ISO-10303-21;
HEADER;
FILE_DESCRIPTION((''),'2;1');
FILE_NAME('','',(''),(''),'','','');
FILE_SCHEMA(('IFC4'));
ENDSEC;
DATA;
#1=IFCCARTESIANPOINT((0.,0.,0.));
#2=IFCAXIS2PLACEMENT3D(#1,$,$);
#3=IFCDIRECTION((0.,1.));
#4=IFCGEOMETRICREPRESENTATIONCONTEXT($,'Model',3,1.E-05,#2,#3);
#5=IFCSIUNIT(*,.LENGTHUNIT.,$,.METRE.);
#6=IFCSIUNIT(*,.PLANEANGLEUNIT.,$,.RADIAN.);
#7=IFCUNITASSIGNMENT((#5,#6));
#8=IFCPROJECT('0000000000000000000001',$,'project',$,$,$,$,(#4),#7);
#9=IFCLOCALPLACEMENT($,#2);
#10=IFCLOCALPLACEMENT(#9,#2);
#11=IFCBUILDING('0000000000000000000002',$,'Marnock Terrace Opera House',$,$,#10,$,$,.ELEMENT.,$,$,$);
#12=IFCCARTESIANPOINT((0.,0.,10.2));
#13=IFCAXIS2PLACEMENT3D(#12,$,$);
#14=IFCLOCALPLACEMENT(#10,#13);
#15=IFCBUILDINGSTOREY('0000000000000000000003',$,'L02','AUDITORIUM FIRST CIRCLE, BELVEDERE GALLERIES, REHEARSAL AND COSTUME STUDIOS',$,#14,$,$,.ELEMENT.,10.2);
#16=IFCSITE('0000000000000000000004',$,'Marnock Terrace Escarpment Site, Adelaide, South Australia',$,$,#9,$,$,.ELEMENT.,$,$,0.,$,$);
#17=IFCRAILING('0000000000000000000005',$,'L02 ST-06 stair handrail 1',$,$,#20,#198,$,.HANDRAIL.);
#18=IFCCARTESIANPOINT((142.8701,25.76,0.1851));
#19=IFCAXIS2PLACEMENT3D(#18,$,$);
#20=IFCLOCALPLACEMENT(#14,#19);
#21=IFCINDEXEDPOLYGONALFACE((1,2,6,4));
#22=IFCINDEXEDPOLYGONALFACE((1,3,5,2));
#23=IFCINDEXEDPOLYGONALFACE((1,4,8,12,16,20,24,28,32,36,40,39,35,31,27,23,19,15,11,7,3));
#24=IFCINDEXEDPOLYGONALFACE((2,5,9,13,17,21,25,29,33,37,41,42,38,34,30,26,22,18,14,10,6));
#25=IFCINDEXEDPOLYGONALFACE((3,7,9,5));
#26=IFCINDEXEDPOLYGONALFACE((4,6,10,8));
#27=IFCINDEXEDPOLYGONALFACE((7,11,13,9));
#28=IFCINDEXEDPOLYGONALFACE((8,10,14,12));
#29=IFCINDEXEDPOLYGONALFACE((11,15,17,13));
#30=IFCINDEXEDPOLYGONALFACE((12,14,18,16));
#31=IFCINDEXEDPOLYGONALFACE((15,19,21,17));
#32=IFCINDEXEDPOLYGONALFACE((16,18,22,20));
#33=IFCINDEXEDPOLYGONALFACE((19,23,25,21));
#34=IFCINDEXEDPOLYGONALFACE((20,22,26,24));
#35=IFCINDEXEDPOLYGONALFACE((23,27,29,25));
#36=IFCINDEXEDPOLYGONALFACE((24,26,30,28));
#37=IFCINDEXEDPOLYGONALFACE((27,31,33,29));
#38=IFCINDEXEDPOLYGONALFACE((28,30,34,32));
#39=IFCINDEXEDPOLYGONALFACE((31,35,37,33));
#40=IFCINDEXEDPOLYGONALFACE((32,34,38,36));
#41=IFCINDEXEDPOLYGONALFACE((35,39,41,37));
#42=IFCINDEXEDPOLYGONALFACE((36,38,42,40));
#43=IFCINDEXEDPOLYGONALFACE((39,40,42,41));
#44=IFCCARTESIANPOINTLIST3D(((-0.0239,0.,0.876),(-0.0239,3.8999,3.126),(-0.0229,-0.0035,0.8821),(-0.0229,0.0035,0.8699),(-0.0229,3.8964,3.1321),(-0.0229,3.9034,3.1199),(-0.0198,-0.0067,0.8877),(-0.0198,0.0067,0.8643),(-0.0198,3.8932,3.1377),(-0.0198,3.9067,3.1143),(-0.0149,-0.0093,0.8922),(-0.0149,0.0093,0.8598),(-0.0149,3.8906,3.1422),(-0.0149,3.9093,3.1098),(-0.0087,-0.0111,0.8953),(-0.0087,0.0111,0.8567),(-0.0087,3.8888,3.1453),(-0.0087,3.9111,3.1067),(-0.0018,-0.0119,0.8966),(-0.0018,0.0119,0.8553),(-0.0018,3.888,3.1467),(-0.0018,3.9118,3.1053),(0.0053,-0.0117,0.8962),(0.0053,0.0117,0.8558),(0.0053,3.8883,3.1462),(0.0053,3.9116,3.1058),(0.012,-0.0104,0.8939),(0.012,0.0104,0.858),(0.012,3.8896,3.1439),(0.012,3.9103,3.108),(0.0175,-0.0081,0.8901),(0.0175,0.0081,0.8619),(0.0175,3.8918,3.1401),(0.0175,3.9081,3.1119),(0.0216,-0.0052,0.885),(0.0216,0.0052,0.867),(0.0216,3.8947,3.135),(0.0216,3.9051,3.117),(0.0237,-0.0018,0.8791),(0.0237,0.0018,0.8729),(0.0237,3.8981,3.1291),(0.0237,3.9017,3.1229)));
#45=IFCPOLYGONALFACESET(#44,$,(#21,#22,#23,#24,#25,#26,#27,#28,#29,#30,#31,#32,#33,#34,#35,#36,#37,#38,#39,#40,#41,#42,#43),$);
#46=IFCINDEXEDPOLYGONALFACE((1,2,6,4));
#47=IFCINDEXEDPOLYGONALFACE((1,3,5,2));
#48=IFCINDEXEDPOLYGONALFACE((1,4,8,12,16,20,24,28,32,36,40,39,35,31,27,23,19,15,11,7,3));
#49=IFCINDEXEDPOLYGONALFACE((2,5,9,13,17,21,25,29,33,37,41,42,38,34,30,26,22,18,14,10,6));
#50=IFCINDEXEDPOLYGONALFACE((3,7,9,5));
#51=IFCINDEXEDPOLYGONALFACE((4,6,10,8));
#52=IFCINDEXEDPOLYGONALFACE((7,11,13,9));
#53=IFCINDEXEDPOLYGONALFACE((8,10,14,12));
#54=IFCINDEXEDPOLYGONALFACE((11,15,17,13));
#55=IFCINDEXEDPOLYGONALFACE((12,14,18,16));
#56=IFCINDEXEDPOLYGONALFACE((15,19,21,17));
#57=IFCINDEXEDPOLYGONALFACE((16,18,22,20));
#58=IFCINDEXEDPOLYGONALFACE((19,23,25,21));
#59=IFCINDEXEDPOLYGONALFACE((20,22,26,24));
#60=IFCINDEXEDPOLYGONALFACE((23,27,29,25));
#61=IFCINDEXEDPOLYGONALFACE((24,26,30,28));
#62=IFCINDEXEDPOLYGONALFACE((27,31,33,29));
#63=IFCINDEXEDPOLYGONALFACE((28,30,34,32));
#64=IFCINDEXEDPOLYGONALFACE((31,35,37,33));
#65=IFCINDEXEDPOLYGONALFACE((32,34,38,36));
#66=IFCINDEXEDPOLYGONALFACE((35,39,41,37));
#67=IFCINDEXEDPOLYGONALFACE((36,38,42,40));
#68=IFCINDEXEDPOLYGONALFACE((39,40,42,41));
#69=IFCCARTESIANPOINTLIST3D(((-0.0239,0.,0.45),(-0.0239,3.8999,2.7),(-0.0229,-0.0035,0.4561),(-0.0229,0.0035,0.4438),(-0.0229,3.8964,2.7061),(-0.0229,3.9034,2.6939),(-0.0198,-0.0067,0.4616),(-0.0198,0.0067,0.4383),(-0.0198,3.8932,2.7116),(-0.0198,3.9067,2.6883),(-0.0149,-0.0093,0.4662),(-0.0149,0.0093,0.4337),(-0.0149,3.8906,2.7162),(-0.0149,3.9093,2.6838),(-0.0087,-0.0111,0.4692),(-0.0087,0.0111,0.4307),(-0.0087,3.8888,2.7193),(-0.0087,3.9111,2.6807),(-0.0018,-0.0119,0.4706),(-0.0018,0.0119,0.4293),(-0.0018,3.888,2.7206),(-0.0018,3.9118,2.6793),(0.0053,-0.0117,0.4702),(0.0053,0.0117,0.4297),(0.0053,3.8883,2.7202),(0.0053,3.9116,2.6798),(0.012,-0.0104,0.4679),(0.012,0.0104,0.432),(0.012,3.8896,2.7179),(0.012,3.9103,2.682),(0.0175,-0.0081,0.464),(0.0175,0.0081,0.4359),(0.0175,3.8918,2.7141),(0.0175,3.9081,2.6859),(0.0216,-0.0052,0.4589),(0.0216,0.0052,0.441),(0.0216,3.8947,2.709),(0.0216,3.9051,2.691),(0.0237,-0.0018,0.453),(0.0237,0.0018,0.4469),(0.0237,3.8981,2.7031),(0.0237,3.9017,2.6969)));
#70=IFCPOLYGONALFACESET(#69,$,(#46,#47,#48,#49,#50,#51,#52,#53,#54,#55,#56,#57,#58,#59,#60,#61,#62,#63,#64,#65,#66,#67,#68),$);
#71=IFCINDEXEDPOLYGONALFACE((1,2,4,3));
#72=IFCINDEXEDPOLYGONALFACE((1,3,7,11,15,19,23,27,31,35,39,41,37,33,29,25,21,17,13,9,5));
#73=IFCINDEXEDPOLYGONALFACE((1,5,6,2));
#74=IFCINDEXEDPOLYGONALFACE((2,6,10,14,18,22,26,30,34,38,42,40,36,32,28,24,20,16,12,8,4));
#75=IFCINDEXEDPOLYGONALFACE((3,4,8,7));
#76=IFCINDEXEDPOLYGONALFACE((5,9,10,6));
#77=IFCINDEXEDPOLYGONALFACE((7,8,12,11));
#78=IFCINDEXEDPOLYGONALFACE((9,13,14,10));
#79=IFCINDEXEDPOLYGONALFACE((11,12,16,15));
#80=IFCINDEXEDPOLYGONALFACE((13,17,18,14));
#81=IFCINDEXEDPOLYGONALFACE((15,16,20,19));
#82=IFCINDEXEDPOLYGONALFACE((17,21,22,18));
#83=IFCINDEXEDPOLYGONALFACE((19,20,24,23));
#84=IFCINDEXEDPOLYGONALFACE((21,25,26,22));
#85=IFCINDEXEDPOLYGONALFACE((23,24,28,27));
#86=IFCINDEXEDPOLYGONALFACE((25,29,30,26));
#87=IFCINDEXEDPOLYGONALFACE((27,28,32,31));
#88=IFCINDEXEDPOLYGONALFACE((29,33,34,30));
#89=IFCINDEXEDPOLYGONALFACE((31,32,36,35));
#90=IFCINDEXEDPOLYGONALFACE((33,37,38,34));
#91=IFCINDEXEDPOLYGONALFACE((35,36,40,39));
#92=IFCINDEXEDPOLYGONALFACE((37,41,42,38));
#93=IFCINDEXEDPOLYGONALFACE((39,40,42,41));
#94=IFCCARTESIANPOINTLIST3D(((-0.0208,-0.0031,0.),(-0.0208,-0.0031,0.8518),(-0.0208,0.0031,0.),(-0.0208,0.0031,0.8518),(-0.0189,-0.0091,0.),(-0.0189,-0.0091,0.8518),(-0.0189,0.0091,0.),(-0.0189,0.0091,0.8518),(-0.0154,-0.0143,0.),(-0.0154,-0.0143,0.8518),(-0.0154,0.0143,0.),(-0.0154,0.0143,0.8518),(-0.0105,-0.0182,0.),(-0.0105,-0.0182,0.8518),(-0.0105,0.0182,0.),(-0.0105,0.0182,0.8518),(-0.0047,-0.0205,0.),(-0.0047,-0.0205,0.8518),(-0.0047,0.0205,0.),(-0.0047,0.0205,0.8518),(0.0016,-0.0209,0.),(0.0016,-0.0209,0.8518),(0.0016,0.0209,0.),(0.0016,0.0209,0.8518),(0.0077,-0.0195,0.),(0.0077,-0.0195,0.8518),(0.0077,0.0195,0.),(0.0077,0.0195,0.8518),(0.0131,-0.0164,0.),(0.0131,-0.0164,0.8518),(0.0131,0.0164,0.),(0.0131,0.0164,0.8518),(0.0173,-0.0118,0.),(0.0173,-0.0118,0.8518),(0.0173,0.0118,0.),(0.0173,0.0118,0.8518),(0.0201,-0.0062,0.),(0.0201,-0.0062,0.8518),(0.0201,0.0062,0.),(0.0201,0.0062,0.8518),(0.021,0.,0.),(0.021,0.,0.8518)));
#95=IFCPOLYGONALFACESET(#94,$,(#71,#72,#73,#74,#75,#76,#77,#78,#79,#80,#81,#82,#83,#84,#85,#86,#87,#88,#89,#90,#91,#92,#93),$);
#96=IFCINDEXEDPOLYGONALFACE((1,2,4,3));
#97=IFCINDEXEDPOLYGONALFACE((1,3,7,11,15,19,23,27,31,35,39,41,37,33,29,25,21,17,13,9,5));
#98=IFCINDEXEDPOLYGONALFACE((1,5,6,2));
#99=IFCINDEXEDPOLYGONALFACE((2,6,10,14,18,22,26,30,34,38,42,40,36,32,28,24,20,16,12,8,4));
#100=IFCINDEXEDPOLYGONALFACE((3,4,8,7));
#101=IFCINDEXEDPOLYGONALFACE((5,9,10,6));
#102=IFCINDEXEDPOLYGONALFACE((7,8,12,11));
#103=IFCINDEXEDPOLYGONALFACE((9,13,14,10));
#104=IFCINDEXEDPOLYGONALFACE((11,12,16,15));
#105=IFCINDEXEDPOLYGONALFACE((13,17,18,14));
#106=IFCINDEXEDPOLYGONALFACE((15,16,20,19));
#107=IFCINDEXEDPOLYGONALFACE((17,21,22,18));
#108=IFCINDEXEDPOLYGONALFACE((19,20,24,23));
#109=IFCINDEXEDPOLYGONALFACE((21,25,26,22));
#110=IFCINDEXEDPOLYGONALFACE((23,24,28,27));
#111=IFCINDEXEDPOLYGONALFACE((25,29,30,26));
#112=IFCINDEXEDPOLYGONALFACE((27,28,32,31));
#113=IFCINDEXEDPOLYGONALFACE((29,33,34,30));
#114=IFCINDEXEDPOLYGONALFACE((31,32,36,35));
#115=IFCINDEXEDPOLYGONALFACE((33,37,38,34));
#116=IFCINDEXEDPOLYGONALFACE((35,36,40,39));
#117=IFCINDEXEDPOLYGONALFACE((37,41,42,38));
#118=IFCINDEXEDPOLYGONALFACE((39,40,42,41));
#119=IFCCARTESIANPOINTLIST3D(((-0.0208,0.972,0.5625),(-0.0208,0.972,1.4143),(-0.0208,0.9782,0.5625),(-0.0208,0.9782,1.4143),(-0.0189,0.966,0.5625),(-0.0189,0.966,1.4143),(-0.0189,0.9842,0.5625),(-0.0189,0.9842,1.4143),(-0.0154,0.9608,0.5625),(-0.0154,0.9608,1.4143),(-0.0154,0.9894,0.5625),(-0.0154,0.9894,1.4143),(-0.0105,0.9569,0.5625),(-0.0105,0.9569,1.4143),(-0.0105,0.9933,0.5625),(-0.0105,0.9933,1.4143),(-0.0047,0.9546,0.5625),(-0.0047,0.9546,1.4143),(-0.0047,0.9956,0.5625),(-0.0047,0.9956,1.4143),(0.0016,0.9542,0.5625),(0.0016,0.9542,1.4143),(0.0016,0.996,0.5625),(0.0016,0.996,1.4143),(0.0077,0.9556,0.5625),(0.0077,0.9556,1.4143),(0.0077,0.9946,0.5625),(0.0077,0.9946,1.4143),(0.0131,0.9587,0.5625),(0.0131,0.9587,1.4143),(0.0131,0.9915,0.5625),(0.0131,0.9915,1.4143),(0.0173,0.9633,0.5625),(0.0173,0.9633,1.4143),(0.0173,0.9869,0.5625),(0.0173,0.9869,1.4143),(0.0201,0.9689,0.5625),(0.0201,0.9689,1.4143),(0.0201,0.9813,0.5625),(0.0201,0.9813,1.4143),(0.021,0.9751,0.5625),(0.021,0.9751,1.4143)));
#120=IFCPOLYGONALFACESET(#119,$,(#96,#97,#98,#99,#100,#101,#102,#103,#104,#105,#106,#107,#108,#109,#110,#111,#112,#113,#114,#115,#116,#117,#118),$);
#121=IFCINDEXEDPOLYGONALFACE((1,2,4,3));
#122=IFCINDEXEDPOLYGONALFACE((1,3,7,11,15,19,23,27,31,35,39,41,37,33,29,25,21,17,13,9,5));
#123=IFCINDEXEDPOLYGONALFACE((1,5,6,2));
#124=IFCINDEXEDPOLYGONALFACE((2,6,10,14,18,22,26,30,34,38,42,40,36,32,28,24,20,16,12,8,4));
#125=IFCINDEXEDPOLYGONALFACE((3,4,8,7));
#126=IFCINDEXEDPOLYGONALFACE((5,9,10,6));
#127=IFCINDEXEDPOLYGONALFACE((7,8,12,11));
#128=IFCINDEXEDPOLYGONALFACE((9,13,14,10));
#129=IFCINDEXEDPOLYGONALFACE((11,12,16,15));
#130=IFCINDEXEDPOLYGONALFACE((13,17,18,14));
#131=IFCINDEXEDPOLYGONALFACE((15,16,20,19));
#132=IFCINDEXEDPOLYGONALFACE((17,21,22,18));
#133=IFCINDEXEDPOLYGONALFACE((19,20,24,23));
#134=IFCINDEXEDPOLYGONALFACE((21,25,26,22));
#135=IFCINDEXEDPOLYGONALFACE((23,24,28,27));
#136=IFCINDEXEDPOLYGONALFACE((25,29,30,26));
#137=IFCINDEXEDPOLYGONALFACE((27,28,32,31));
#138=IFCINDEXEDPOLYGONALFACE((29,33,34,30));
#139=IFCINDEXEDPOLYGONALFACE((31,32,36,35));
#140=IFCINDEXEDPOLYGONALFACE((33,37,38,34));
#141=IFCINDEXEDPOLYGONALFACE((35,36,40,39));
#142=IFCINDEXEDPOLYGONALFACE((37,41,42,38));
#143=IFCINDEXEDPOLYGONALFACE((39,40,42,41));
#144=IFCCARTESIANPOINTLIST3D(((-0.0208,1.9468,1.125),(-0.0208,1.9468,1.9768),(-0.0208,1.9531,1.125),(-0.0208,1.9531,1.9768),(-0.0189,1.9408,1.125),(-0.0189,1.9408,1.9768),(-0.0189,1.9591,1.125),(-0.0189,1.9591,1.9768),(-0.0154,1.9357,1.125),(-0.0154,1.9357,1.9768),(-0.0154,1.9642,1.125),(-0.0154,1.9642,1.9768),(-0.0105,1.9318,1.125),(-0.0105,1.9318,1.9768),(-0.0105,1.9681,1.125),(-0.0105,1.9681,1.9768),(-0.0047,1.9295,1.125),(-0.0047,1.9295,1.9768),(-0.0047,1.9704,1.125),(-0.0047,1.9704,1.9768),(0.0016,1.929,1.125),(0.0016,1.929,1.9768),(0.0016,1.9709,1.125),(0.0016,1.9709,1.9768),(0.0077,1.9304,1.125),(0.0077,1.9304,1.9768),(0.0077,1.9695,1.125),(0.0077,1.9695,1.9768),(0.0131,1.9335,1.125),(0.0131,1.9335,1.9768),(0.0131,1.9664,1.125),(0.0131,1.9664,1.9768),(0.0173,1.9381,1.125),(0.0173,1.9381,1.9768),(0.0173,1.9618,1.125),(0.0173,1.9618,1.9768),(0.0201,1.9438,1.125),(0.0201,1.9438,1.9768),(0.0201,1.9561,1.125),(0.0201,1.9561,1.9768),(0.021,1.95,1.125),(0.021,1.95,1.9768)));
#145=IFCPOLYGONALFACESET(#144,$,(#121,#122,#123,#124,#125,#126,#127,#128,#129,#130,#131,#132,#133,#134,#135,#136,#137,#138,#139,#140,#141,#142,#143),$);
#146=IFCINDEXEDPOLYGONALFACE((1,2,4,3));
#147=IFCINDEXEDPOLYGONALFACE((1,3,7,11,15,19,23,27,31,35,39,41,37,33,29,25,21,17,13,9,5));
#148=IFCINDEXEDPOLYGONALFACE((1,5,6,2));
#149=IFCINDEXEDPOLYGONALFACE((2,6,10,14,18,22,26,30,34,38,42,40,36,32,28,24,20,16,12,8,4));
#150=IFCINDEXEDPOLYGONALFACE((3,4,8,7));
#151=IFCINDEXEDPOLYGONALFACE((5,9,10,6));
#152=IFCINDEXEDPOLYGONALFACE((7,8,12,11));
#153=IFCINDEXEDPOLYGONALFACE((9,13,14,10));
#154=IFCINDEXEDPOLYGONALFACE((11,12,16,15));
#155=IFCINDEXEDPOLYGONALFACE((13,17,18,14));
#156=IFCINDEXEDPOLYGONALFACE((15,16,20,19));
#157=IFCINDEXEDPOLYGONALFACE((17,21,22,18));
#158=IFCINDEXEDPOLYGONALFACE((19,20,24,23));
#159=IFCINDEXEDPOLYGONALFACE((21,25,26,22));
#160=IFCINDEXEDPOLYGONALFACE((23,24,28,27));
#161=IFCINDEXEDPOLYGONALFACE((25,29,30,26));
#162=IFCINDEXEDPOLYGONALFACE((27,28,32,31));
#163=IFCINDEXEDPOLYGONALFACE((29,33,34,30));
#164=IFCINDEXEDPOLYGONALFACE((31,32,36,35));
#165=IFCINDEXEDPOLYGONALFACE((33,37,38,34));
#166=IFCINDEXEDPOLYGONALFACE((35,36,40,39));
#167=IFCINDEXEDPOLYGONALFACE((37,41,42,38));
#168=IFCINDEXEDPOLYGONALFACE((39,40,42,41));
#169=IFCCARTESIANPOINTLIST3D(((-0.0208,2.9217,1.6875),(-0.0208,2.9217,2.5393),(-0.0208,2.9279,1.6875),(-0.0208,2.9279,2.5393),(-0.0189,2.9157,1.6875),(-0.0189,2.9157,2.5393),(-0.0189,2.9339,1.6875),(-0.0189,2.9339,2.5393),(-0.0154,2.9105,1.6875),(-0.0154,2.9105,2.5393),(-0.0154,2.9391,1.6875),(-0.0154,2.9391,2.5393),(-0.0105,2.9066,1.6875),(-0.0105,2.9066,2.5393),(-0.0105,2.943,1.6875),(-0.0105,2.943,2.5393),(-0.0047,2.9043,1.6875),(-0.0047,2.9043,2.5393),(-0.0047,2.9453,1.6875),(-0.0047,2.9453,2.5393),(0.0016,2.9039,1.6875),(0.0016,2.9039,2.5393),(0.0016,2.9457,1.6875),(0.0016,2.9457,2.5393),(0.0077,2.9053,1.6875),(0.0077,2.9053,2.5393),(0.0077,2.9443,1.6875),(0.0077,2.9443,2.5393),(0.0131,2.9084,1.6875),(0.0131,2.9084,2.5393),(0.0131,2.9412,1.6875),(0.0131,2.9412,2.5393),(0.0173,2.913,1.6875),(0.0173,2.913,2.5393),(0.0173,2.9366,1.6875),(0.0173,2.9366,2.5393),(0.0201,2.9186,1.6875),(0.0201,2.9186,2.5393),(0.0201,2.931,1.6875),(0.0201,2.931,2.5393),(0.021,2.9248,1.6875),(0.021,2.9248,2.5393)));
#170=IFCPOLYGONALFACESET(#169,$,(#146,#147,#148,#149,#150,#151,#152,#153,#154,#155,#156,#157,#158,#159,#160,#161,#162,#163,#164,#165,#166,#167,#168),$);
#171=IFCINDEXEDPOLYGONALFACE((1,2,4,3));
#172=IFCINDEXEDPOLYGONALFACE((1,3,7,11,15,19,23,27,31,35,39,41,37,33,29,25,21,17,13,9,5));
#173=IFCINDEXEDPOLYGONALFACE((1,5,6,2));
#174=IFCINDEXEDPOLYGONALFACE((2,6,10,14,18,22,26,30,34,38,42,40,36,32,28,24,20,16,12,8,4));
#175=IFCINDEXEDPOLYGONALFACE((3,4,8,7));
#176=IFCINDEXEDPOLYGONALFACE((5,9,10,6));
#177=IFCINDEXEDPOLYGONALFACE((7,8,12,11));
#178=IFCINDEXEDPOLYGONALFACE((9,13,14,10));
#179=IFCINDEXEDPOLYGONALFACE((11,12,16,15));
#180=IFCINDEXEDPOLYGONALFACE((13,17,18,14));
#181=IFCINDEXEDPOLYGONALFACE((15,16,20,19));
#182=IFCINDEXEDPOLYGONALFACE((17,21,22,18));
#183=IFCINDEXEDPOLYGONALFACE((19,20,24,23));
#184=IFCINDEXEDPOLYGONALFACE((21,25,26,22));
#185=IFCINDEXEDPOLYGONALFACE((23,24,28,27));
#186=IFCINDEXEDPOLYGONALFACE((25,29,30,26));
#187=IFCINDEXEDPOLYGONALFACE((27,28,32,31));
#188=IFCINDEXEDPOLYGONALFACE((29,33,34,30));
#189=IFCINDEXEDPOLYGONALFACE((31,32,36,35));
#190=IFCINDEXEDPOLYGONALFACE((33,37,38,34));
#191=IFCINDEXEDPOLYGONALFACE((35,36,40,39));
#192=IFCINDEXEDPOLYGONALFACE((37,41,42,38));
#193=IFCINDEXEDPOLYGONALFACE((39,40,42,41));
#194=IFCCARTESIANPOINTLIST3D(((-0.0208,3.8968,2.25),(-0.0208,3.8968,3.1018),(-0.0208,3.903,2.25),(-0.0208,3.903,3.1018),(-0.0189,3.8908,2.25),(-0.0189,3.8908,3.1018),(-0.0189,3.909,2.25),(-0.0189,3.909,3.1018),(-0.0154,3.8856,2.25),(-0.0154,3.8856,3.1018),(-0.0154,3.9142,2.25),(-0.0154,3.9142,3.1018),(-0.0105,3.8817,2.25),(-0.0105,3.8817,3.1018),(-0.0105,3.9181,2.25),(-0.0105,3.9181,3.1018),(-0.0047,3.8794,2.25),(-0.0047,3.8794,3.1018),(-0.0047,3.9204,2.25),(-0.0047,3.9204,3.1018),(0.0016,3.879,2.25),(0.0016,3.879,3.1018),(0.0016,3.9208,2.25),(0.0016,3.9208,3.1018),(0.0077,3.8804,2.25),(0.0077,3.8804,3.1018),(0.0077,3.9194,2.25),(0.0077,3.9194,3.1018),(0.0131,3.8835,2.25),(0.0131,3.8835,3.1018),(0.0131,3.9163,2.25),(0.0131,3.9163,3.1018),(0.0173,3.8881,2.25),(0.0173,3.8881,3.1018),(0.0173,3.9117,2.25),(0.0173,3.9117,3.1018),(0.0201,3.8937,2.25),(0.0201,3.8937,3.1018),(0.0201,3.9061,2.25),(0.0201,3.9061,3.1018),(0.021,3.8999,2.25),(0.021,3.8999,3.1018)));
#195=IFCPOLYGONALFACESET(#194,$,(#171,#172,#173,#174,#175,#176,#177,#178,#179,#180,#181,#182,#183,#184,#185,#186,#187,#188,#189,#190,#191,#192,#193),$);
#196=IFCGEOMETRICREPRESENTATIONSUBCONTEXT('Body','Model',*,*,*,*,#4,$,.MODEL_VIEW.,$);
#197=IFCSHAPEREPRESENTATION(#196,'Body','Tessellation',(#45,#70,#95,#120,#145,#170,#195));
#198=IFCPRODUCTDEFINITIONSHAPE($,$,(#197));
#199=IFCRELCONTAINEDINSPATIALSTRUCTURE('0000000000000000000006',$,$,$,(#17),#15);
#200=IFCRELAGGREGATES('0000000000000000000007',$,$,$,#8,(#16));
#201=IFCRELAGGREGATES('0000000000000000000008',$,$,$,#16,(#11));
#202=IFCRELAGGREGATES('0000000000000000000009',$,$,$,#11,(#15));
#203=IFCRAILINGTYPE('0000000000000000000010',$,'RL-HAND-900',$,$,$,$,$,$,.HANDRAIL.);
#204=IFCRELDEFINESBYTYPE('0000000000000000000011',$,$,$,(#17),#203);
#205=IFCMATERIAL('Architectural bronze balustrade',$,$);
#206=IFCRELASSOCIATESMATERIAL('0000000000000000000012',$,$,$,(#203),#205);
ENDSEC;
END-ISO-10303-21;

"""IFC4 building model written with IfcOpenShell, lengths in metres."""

from ifc_helpers import new_model, si_unit, direction, frame, origin, origin_2d, place, context, subcontext, project, spatial, circle, extrude, material, type_object, element, save


model = new_model("IFC4")

# Units and contexts
model_context = context("Model", 3, precision=1e-05, world=origin(), true_north=direction((0.0, 1.0)))
body_context = subcontext(model_context, "Body", "Model", "MODEL_VIEW")
ifc_project = project(units=[si_unit("LENGTHUNIT", "METRE"), si_unit("PLANEANGLEUNIT", "RADIAN")], contexts=[model_context])

# Site, building, storey
site_placement = place(None, origin())
site = spatial("IfcSite", under=ifc_project, at=site_placement, Name="Marnock Terrace Escarpment Site, Adelaide, South Australia", CompositionType="ELEMENT", RefElevation=0.0)
building_placement = place(site_placement, origin())
building = spatial("IfcBuilding", under=site, at=building_placement, Name="Marnock Terrace Opera House", CompositionType="ELEMENT")
storey_placement = place(building_placement, frame((0.0, 0.0, 10.2)))
storey = spatial("IfcBuildingStorey", under=building, at=storey_placement, Name="L02", Description="AUDITORIUM FIRST CIRCLE, BELVEDERE GALLERIES, REHEARSAL AND COSTUME STUDIOS", CompositionType="ELEMENT", Elevation=10.2)

# Railing
ifc_material_1 = material(Name="Architectural bronze balustrade")
railing_type_1 = type_object("IfcRailingType", Name="RL-HAND-900", PredefinedType="HANDRAIL", material=ifc_material_1)
railing_1_placement = place(storey_placement, frame((142.8701, 25.76, 0.1851)))
element("IfcRailing", 1, at=railing_1_placement, inside=storey, type_object=railing_type_1, Name="L02 ST-06 stair handrail 1", PredefinedType="HANDRAIL", context=body_context, shape_type="SweptSolid", body=[
    extrude(circle(Radius=0.0239, at=origin_2d()), frame((0.0, 0.0, 0.876), z_axis=(0.0, 0.86618, 0.499732), x_axis=(-1.0, 0.0, 0.0)), (0.0, 0.0, 1.0), 4.5024),
    extrude(circle(Radius=0.0239, at=origin_2d()), frame((0.0, 0.0, 0.45), z_axis=(0.0, 0.86618, 0.499732), x_axis=(-1.0, 0.0, 0.0)), (0.0, 0.0, 1.0), 4.5024),
    extrude(circle(Radius=0.021, at=origin_2d()), origin(), (0.0, 0.0, 1.0), 0.8518),
    extrude(circle(Radius=0.021, at=origin_2d()), frame((0.0, 0.9751, 0.5625)), (0.0, 0.0, 1.0), 0.8518),
    extrude(circle(Radius=0.021, at=origin_2d()), frame((0.0, 1.95, 1.125)), (0.0, 0.0, 1.0), 0.8518),
    extrude(circle(Radius=0.021, at=origin_2d()), frame((0.0, 2.9248, 1.6875)), (0.0, 0.0, 1.0), 0.8518),
    extrude(circle(Radius=0.021, at=origin_2d()), frame((0.0, 3.8999, 2.25)), (0.0, 0.0, 1.0), 0.8518),
])

save(model, "model.ifc")
